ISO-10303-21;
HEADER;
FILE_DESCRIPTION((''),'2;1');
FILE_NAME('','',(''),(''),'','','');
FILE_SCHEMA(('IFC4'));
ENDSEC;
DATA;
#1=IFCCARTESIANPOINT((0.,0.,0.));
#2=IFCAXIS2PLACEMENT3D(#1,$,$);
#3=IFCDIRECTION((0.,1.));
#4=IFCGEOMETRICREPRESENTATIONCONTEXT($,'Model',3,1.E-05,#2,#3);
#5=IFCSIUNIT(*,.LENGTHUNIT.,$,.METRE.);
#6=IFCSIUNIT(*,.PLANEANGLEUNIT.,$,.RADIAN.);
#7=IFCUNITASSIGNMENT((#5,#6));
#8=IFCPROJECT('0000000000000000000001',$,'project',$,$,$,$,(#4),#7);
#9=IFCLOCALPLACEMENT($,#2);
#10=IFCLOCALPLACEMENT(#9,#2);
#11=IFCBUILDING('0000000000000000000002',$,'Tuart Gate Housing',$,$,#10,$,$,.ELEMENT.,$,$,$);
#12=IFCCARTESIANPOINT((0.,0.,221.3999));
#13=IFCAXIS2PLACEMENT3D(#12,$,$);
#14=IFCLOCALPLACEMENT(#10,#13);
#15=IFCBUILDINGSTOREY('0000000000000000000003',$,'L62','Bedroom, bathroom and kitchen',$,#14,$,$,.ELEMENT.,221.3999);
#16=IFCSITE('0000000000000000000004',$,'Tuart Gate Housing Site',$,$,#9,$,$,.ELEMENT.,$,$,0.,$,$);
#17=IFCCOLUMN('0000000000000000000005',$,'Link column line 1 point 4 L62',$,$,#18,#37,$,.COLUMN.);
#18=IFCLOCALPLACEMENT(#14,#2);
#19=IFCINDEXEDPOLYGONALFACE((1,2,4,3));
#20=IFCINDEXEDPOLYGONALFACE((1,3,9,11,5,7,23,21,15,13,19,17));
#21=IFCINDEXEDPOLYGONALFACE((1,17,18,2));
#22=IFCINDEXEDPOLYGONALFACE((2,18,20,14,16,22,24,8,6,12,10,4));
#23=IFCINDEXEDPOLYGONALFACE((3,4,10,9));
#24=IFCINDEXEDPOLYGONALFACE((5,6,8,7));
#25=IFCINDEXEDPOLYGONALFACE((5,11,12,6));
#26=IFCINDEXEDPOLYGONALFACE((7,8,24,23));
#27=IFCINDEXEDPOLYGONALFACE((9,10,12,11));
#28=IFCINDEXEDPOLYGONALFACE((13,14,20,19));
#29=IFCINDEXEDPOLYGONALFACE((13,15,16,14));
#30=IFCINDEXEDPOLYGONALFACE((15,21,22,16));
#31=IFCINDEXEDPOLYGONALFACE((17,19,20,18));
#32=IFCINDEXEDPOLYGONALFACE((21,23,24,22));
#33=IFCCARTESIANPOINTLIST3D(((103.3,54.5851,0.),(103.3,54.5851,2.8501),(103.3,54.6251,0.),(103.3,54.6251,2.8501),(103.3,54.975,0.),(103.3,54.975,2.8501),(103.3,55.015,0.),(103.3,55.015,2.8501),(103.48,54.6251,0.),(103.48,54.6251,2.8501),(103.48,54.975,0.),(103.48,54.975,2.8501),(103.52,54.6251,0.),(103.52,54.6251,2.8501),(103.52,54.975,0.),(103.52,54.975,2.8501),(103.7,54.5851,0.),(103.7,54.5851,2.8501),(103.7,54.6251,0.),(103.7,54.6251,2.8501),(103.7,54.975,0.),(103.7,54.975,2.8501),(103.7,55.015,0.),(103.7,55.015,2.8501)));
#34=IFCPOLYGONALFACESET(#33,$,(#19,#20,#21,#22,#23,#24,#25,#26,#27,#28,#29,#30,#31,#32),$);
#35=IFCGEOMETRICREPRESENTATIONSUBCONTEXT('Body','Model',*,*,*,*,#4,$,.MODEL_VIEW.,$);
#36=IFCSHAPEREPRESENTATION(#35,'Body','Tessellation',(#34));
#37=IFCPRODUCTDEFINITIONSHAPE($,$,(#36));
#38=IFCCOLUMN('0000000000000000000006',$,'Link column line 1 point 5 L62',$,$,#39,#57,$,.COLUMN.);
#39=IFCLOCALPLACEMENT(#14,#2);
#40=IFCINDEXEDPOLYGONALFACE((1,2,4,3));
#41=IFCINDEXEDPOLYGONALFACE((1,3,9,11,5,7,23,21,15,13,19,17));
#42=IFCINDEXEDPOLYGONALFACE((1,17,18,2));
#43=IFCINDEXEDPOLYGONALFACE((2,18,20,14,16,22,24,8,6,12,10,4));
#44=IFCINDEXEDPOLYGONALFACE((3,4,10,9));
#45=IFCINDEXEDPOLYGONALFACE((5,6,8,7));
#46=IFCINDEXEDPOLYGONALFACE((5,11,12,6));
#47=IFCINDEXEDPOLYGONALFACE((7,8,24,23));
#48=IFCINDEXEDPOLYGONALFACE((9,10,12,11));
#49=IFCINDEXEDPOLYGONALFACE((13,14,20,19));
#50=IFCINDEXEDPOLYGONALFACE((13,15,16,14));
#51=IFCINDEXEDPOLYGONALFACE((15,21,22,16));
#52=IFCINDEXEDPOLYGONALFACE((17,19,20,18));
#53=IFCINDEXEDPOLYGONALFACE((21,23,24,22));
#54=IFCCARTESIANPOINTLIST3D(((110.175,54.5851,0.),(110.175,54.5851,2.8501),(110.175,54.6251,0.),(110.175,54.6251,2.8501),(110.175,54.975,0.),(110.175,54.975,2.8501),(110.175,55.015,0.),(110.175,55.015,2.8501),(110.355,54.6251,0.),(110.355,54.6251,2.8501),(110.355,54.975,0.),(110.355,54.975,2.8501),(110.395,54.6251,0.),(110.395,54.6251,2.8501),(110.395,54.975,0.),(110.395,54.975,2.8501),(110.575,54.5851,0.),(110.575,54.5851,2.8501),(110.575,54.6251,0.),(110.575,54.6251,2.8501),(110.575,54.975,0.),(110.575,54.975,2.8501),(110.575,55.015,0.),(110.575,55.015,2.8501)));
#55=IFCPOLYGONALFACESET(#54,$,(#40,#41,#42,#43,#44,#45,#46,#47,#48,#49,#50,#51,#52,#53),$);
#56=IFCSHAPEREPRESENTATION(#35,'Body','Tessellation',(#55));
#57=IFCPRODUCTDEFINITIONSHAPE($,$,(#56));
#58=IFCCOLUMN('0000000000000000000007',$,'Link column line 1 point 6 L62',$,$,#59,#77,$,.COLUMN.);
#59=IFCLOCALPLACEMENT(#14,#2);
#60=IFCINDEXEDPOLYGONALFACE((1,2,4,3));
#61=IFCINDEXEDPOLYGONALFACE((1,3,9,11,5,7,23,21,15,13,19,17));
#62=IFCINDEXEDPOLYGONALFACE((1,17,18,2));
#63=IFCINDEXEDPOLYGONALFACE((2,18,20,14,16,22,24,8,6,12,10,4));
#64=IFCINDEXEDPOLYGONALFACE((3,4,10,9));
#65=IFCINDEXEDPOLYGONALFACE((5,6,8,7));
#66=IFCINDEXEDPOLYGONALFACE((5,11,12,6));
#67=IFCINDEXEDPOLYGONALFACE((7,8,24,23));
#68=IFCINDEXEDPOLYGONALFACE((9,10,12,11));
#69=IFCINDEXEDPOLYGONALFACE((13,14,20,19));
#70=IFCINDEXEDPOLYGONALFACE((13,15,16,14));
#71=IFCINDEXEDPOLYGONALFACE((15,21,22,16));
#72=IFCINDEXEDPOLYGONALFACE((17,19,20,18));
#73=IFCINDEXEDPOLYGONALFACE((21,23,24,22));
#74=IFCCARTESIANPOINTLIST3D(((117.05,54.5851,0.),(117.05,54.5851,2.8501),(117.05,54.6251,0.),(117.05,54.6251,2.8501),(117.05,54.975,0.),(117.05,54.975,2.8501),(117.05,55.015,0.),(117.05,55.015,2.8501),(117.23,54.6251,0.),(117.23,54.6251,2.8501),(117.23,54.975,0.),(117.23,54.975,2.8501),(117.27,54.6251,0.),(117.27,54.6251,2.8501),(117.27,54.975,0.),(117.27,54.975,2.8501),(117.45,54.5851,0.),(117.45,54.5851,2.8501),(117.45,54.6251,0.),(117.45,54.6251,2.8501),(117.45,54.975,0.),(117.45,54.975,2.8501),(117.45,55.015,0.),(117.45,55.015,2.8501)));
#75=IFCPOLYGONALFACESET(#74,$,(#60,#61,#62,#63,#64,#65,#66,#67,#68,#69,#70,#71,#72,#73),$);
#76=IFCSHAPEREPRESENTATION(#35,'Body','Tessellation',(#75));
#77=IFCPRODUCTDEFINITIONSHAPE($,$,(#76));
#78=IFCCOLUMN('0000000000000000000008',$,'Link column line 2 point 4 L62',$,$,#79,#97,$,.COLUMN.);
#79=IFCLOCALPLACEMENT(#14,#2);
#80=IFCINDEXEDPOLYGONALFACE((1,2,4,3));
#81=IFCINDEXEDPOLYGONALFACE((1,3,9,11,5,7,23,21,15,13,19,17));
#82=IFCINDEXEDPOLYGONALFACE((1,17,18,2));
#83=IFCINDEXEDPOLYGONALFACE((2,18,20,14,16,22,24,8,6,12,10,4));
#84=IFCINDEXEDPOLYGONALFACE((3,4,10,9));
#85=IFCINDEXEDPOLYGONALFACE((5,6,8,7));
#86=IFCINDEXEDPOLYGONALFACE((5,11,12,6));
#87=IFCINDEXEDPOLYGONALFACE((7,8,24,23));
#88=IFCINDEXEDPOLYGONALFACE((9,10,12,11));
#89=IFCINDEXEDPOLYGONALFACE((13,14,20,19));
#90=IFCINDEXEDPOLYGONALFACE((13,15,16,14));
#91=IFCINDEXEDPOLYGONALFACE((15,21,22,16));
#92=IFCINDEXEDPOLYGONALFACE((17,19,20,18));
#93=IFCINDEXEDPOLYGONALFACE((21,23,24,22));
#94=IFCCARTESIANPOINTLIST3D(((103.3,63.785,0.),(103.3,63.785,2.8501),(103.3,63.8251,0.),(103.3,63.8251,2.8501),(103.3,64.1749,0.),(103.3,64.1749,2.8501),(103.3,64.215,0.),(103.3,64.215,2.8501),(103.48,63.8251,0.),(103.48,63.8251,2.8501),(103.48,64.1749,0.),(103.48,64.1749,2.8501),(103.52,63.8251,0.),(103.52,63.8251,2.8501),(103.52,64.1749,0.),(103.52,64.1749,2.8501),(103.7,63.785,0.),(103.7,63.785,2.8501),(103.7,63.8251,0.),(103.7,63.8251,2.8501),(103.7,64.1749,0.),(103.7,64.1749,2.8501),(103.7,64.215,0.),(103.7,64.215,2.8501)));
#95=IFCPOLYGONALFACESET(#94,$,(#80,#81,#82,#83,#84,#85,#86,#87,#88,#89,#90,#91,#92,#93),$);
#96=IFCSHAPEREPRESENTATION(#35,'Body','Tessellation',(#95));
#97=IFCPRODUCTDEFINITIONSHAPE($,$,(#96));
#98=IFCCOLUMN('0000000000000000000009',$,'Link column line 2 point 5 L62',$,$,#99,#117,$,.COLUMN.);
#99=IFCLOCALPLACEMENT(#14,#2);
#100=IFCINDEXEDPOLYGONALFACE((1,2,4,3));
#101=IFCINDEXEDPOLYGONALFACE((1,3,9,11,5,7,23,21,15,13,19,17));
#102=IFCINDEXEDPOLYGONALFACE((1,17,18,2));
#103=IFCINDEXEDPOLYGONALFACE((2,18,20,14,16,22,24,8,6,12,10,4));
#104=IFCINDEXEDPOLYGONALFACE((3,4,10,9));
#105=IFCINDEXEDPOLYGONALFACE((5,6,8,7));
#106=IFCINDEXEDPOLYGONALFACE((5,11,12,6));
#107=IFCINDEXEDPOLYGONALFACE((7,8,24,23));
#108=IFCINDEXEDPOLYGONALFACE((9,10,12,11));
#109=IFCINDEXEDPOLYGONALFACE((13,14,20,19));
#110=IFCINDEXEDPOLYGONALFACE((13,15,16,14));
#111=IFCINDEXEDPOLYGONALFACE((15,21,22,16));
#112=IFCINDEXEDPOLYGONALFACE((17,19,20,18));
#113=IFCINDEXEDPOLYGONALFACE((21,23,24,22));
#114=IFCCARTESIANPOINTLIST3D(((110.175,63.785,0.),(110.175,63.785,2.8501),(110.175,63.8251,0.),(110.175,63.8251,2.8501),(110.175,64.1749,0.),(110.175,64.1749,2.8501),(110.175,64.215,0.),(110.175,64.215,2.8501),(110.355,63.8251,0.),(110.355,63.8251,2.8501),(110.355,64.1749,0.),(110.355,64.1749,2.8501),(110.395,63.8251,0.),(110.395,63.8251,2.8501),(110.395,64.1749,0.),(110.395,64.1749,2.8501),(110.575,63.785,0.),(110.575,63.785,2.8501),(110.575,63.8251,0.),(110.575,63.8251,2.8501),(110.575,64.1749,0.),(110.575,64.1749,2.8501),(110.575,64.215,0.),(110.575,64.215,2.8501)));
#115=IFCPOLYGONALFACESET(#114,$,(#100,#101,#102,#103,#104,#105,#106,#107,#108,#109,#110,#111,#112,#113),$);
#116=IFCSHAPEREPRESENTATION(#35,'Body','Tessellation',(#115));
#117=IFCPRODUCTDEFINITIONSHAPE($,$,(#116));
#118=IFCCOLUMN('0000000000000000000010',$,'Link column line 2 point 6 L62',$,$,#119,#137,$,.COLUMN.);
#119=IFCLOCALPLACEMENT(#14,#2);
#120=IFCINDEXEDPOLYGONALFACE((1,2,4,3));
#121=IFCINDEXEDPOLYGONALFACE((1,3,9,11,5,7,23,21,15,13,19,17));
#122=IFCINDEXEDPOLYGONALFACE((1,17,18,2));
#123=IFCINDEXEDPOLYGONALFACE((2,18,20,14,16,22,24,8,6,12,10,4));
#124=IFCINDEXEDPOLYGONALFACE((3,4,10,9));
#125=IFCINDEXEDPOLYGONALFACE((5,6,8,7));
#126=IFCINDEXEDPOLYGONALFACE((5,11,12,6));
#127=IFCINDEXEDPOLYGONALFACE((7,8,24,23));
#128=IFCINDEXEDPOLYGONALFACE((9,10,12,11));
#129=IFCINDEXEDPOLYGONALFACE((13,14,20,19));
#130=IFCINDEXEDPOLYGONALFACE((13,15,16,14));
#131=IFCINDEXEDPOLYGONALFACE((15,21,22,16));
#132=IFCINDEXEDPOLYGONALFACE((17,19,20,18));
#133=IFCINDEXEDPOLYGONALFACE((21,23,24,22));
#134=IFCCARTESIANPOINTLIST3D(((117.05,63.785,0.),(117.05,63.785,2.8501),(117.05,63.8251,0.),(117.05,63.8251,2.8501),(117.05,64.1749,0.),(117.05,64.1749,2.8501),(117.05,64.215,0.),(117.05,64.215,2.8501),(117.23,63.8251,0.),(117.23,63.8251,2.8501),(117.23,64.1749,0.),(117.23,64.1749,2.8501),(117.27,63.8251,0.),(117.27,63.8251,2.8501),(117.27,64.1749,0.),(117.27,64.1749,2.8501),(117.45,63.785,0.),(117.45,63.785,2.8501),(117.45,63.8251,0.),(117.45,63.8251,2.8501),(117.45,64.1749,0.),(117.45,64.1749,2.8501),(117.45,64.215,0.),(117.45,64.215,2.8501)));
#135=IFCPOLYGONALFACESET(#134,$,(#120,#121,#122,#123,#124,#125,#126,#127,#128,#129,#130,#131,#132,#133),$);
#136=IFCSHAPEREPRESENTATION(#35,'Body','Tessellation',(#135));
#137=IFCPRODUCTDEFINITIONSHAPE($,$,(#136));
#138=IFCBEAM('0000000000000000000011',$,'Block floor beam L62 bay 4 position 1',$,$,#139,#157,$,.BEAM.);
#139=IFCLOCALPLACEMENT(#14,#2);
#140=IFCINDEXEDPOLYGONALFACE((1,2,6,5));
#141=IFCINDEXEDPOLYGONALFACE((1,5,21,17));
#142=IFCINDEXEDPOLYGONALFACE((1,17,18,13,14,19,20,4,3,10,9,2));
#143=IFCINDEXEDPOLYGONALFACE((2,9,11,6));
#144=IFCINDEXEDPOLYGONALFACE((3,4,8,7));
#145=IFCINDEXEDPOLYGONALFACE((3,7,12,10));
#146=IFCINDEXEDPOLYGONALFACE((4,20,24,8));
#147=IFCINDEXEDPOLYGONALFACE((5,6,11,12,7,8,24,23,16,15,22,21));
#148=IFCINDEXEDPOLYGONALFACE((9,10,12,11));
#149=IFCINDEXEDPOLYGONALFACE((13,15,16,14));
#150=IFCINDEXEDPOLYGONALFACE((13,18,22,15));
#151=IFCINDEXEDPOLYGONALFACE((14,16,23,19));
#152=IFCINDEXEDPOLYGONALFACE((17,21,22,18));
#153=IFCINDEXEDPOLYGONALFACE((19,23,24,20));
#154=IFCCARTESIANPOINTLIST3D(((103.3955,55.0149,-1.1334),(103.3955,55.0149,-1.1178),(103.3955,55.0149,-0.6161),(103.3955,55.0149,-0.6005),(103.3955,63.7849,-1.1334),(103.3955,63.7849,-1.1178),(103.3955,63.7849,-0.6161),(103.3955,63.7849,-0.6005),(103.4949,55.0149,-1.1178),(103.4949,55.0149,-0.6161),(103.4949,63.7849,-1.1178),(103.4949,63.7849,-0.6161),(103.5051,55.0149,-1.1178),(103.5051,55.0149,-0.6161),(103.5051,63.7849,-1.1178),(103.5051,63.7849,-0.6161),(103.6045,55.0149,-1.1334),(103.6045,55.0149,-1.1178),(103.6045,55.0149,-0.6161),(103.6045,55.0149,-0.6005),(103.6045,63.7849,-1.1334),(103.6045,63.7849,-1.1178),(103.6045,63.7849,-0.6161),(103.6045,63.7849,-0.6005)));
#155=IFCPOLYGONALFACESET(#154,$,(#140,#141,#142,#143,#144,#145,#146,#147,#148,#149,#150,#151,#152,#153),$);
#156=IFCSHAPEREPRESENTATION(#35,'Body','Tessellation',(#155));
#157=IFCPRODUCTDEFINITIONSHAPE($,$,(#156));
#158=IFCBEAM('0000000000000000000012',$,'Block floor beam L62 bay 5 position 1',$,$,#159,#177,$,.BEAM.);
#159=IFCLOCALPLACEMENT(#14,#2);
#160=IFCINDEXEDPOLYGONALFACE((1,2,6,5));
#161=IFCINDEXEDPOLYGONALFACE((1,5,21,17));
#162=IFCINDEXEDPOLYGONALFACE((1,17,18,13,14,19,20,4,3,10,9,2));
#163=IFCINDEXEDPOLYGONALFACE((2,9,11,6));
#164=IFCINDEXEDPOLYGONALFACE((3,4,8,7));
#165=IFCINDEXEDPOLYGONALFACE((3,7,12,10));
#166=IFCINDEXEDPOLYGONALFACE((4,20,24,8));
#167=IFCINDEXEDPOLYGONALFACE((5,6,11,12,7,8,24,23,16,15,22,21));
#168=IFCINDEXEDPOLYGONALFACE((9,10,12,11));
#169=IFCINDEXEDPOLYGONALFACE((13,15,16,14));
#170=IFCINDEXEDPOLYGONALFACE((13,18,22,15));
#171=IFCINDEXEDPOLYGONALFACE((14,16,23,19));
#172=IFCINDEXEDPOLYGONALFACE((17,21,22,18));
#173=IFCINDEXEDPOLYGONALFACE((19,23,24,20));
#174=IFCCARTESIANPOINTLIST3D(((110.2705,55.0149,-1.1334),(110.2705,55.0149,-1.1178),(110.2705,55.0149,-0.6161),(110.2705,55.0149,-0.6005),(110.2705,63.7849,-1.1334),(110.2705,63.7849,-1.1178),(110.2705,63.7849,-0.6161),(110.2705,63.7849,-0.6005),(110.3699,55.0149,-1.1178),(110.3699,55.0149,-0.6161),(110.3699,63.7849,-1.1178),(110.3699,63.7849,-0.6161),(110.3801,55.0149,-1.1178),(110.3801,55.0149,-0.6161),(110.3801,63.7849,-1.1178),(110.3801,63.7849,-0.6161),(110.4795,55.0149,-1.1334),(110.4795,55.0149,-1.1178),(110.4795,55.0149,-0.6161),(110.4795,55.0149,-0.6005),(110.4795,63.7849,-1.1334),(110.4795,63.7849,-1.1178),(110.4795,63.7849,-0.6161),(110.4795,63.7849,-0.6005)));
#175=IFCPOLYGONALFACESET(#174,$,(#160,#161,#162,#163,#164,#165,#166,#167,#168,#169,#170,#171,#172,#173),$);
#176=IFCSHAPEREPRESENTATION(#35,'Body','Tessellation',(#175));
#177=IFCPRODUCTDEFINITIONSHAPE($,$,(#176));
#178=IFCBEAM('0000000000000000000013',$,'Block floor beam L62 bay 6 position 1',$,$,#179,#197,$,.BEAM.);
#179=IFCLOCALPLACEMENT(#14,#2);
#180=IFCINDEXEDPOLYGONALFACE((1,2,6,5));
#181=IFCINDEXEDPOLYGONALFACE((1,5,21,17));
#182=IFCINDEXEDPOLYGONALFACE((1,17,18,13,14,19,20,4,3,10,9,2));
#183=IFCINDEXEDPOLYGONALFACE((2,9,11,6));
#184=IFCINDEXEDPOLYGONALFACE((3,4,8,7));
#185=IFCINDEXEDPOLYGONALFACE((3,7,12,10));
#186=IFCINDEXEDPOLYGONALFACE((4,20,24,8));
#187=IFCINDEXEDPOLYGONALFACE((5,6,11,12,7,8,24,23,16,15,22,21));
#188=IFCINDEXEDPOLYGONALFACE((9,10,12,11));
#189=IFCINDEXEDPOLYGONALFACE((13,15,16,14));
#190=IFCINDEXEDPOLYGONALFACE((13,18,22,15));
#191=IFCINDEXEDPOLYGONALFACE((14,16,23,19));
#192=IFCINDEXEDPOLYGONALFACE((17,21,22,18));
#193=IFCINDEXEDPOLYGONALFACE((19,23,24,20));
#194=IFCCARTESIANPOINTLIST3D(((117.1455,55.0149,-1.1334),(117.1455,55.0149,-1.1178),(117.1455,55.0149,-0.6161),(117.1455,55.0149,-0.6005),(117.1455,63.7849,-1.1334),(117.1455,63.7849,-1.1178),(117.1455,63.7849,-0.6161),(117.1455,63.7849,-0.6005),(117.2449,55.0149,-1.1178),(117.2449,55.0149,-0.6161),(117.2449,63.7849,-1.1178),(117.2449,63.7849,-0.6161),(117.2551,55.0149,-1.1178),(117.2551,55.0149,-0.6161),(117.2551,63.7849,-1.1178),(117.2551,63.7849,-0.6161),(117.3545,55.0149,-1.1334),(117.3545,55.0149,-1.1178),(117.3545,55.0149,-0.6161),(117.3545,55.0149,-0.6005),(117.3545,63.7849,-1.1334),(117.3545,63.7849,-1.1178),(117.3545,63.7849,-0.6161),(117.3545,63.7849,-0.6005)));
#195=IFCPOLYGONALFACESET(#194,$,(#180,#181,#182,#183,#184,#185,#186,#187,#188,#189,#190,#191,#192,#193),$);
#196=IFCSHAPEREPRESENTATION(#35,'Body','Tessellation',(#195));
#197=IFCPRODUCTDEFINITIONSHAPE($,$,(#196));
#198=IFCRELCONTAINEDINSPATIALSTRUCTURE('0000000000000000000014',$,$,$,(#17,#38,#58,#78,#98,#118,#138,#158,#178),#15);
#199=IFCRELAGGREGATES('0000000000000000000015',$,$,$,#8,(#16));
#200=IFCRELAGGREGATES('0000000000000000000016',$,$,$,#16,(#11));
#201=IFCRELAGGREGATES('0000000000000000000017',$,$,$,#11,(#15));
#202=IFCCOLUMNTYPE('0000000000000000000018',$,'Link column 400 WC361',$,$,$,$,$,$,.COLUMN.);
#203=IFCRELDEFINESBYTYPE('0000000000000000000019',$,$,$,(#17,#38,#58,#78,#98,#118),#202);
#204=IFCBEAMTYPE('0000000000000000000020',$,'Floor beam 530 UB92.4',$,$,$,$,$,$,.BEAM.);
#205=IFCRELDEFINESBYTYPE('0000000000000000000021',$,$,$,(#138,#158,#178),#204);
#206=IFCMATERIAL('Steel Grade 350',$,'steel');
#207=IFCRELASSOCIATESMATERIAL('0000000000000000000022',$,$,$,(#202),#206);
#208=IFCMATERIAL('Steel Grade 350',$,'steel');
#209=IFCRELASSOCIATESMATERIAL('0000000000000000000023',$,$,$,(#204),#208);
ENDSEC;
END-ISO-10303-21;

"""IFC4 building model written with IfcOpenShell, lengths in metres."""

from ifc_helpers import new_model, si_unit, direction, frame, origin, origin_2d, place, context, subcontext, project, spatial, i_section, extrude, material, material_profile, profile_set, type_object, element, save


model = new_model("IFC4")

# Units and contexts
model_context = context("Model", 3, precision=1e-05, world=origin(), true_north=direction((0.0, 1.0)))
body_context = subcontext(model_context, "Body", "Model", "MODEL_VIEW")
ifc_project = project(units=[si_unit("LENGTHUNIT", "METRE"), si_unit("PLANEANGLEUNIT", "RADIAN")], contexts=[model_context])

# Site, building, storey
site_placement = place(None, origin())
site = spatial("IfcSite", under=ifc_project, at=site_placement, Name="Tuart Gate Housing Site", CompositionType="ELEMENT", RefElevation=0.0)
building_placement = place(site_placement, origin())
building = spatial("IfcBuilding", under=site, at=building_placement, Name="Tuart Gate Housing", CompositionType="ELEMENT")
storey_placement = place(building_placement, frame((0.0, 0.0, 221.3999)))
storey = spatial("IfcBuildingStorey", under=building, at=storey_placement, Name="L62", Description="Bedroom, bathroom and kitchen", CompositionType="ELEMENT", Elevation=221.3999)

# Columns
ifc_material_1 = material(Name="Steel Grade 350", Category="steel")
ifc_material_profile_1 = material_profile(ifc_material_1, i_section(OverallWidth=0.3999, OverallDepth=0.4299, WebThickness=0.04, FlangeThickness=0.04, at=origin_2d()), Name="400WC361")
ifc_profile_set_1 = profile_set([ifc_material_profile_1], Name="Steel Grade 350")
column_type = type_object("IfcColumnType", Name="Link column 400 WC361", PredefinedType="COLUMN", material=ifc_profile_set_1)
for number, where, z_axis, x_axis, name in (
    (1, (103.5, 54.8, 0.0), (0.0, 0.0, 1.0), (1.0, 0.0, 0.0), "Link column line 1 point 4 L62"),
    (2, (110.375, 54.8, 0.0), (0.0, 0.0, 1.0), (1.0, 0.0, 0.0), "Link column line 1 point 5 L62"),
    (3, (117.25, 54.8, 0.0), (0.0, 0.0, 1.0), (1.0, 0.0, 0.0), "Link column line 1 point 6 L62"),
    (4, (103.5, 64.0, 0.0), (0.0, 0.0, 1.0), (1.0, 0.0, 0.0), "Link column line 2 point 4 L62"),
    (5, (110.375, 64.0, 0.0), (0.0, 0.0, 1.0), (1.0, 0.0, 0.0), "Link column line 2 point 5 L62"),
    (6, (117.25, 64.0, 0.0), (0.0, 0.0, 1.0), (1.0, 0.0, 0.0), "Link column line 2 point 6 L62"),
):
    element("IfcColumn", number, at=place(storey_placement, frame(where, z_axis=z_axis, x_axis=x_axis)), inside=storey, type_object=column_type, Name=name, PredefinedType="COLUMN", context=body_context, shape_type="SweptSolid", body=[
        extrude(i_section(OverallWidth=0.3999, OverallDepth=0.4299, WebThickness=0.04, FlangeThickness=0.04, at=origin_2d()), origin(), (0.0, 0.0, 1.0), 2.8501),
    ])

# Beams
ifc_material_2 = material(Name="Steel Grade 350", Category="steel")
ifc_material_profile_2 = material_profile(ifc_material_2, i_section(OverallWidth=0.209, OverallDepth=0.533, WebThickness=0.0103, FlangeThickness=0.0156, at=origin_2d()), Name="530UB92.4")
ifc_profile_set_2 = profile_set([ifc_material_profile_2], Name="Steel Grade 350")
beam_type_1 = type_object("IfcBeamType", Name="Floor beam 530 UB92.4", PredefinedType="BEAM", material=ifc_profile_set_2)
for number, where, z_axis, x_axis, name in (
    (7, (103.5, 55.0149, -0.8669), (0.0, 1.0, 0.0), (-1.0, 0.0, 0.0), "Block floor beam L62 bay 4 position 1"),
    (8, (110.375, 55.0149, -0.8669), (0.0, 1.0, 0.0), (-1.0, 0.0, 0.0), "Block floor beam L62 bay 5 position 1"),
    (9, (117.25, 55.0149, -0.8669), (0.0, 1.0, 0.0), (-1.0, 0.0, 0.0), "Block floor beam L62 bay 6 position 1"),
):
    element("IfcBeam", number, at=place(storey_placement, frame(where, z_axis=z_axis, x_axis=x_axis)), inside=storey, type_object=beam_type_1, Name=name, PredefinedType="BEAM", context=body_context, shape_type="SweptSolid", body=[
        extrude(i_section(OverallWidth=0.209, OverallDepth=0.533, WebThickness=0.0103, FlangeThickness=0.0156, at=origin_2d()), origin(), (0.0, 0.0, 1.0), 8.77),
    ])

save(model, "model.ifc")
